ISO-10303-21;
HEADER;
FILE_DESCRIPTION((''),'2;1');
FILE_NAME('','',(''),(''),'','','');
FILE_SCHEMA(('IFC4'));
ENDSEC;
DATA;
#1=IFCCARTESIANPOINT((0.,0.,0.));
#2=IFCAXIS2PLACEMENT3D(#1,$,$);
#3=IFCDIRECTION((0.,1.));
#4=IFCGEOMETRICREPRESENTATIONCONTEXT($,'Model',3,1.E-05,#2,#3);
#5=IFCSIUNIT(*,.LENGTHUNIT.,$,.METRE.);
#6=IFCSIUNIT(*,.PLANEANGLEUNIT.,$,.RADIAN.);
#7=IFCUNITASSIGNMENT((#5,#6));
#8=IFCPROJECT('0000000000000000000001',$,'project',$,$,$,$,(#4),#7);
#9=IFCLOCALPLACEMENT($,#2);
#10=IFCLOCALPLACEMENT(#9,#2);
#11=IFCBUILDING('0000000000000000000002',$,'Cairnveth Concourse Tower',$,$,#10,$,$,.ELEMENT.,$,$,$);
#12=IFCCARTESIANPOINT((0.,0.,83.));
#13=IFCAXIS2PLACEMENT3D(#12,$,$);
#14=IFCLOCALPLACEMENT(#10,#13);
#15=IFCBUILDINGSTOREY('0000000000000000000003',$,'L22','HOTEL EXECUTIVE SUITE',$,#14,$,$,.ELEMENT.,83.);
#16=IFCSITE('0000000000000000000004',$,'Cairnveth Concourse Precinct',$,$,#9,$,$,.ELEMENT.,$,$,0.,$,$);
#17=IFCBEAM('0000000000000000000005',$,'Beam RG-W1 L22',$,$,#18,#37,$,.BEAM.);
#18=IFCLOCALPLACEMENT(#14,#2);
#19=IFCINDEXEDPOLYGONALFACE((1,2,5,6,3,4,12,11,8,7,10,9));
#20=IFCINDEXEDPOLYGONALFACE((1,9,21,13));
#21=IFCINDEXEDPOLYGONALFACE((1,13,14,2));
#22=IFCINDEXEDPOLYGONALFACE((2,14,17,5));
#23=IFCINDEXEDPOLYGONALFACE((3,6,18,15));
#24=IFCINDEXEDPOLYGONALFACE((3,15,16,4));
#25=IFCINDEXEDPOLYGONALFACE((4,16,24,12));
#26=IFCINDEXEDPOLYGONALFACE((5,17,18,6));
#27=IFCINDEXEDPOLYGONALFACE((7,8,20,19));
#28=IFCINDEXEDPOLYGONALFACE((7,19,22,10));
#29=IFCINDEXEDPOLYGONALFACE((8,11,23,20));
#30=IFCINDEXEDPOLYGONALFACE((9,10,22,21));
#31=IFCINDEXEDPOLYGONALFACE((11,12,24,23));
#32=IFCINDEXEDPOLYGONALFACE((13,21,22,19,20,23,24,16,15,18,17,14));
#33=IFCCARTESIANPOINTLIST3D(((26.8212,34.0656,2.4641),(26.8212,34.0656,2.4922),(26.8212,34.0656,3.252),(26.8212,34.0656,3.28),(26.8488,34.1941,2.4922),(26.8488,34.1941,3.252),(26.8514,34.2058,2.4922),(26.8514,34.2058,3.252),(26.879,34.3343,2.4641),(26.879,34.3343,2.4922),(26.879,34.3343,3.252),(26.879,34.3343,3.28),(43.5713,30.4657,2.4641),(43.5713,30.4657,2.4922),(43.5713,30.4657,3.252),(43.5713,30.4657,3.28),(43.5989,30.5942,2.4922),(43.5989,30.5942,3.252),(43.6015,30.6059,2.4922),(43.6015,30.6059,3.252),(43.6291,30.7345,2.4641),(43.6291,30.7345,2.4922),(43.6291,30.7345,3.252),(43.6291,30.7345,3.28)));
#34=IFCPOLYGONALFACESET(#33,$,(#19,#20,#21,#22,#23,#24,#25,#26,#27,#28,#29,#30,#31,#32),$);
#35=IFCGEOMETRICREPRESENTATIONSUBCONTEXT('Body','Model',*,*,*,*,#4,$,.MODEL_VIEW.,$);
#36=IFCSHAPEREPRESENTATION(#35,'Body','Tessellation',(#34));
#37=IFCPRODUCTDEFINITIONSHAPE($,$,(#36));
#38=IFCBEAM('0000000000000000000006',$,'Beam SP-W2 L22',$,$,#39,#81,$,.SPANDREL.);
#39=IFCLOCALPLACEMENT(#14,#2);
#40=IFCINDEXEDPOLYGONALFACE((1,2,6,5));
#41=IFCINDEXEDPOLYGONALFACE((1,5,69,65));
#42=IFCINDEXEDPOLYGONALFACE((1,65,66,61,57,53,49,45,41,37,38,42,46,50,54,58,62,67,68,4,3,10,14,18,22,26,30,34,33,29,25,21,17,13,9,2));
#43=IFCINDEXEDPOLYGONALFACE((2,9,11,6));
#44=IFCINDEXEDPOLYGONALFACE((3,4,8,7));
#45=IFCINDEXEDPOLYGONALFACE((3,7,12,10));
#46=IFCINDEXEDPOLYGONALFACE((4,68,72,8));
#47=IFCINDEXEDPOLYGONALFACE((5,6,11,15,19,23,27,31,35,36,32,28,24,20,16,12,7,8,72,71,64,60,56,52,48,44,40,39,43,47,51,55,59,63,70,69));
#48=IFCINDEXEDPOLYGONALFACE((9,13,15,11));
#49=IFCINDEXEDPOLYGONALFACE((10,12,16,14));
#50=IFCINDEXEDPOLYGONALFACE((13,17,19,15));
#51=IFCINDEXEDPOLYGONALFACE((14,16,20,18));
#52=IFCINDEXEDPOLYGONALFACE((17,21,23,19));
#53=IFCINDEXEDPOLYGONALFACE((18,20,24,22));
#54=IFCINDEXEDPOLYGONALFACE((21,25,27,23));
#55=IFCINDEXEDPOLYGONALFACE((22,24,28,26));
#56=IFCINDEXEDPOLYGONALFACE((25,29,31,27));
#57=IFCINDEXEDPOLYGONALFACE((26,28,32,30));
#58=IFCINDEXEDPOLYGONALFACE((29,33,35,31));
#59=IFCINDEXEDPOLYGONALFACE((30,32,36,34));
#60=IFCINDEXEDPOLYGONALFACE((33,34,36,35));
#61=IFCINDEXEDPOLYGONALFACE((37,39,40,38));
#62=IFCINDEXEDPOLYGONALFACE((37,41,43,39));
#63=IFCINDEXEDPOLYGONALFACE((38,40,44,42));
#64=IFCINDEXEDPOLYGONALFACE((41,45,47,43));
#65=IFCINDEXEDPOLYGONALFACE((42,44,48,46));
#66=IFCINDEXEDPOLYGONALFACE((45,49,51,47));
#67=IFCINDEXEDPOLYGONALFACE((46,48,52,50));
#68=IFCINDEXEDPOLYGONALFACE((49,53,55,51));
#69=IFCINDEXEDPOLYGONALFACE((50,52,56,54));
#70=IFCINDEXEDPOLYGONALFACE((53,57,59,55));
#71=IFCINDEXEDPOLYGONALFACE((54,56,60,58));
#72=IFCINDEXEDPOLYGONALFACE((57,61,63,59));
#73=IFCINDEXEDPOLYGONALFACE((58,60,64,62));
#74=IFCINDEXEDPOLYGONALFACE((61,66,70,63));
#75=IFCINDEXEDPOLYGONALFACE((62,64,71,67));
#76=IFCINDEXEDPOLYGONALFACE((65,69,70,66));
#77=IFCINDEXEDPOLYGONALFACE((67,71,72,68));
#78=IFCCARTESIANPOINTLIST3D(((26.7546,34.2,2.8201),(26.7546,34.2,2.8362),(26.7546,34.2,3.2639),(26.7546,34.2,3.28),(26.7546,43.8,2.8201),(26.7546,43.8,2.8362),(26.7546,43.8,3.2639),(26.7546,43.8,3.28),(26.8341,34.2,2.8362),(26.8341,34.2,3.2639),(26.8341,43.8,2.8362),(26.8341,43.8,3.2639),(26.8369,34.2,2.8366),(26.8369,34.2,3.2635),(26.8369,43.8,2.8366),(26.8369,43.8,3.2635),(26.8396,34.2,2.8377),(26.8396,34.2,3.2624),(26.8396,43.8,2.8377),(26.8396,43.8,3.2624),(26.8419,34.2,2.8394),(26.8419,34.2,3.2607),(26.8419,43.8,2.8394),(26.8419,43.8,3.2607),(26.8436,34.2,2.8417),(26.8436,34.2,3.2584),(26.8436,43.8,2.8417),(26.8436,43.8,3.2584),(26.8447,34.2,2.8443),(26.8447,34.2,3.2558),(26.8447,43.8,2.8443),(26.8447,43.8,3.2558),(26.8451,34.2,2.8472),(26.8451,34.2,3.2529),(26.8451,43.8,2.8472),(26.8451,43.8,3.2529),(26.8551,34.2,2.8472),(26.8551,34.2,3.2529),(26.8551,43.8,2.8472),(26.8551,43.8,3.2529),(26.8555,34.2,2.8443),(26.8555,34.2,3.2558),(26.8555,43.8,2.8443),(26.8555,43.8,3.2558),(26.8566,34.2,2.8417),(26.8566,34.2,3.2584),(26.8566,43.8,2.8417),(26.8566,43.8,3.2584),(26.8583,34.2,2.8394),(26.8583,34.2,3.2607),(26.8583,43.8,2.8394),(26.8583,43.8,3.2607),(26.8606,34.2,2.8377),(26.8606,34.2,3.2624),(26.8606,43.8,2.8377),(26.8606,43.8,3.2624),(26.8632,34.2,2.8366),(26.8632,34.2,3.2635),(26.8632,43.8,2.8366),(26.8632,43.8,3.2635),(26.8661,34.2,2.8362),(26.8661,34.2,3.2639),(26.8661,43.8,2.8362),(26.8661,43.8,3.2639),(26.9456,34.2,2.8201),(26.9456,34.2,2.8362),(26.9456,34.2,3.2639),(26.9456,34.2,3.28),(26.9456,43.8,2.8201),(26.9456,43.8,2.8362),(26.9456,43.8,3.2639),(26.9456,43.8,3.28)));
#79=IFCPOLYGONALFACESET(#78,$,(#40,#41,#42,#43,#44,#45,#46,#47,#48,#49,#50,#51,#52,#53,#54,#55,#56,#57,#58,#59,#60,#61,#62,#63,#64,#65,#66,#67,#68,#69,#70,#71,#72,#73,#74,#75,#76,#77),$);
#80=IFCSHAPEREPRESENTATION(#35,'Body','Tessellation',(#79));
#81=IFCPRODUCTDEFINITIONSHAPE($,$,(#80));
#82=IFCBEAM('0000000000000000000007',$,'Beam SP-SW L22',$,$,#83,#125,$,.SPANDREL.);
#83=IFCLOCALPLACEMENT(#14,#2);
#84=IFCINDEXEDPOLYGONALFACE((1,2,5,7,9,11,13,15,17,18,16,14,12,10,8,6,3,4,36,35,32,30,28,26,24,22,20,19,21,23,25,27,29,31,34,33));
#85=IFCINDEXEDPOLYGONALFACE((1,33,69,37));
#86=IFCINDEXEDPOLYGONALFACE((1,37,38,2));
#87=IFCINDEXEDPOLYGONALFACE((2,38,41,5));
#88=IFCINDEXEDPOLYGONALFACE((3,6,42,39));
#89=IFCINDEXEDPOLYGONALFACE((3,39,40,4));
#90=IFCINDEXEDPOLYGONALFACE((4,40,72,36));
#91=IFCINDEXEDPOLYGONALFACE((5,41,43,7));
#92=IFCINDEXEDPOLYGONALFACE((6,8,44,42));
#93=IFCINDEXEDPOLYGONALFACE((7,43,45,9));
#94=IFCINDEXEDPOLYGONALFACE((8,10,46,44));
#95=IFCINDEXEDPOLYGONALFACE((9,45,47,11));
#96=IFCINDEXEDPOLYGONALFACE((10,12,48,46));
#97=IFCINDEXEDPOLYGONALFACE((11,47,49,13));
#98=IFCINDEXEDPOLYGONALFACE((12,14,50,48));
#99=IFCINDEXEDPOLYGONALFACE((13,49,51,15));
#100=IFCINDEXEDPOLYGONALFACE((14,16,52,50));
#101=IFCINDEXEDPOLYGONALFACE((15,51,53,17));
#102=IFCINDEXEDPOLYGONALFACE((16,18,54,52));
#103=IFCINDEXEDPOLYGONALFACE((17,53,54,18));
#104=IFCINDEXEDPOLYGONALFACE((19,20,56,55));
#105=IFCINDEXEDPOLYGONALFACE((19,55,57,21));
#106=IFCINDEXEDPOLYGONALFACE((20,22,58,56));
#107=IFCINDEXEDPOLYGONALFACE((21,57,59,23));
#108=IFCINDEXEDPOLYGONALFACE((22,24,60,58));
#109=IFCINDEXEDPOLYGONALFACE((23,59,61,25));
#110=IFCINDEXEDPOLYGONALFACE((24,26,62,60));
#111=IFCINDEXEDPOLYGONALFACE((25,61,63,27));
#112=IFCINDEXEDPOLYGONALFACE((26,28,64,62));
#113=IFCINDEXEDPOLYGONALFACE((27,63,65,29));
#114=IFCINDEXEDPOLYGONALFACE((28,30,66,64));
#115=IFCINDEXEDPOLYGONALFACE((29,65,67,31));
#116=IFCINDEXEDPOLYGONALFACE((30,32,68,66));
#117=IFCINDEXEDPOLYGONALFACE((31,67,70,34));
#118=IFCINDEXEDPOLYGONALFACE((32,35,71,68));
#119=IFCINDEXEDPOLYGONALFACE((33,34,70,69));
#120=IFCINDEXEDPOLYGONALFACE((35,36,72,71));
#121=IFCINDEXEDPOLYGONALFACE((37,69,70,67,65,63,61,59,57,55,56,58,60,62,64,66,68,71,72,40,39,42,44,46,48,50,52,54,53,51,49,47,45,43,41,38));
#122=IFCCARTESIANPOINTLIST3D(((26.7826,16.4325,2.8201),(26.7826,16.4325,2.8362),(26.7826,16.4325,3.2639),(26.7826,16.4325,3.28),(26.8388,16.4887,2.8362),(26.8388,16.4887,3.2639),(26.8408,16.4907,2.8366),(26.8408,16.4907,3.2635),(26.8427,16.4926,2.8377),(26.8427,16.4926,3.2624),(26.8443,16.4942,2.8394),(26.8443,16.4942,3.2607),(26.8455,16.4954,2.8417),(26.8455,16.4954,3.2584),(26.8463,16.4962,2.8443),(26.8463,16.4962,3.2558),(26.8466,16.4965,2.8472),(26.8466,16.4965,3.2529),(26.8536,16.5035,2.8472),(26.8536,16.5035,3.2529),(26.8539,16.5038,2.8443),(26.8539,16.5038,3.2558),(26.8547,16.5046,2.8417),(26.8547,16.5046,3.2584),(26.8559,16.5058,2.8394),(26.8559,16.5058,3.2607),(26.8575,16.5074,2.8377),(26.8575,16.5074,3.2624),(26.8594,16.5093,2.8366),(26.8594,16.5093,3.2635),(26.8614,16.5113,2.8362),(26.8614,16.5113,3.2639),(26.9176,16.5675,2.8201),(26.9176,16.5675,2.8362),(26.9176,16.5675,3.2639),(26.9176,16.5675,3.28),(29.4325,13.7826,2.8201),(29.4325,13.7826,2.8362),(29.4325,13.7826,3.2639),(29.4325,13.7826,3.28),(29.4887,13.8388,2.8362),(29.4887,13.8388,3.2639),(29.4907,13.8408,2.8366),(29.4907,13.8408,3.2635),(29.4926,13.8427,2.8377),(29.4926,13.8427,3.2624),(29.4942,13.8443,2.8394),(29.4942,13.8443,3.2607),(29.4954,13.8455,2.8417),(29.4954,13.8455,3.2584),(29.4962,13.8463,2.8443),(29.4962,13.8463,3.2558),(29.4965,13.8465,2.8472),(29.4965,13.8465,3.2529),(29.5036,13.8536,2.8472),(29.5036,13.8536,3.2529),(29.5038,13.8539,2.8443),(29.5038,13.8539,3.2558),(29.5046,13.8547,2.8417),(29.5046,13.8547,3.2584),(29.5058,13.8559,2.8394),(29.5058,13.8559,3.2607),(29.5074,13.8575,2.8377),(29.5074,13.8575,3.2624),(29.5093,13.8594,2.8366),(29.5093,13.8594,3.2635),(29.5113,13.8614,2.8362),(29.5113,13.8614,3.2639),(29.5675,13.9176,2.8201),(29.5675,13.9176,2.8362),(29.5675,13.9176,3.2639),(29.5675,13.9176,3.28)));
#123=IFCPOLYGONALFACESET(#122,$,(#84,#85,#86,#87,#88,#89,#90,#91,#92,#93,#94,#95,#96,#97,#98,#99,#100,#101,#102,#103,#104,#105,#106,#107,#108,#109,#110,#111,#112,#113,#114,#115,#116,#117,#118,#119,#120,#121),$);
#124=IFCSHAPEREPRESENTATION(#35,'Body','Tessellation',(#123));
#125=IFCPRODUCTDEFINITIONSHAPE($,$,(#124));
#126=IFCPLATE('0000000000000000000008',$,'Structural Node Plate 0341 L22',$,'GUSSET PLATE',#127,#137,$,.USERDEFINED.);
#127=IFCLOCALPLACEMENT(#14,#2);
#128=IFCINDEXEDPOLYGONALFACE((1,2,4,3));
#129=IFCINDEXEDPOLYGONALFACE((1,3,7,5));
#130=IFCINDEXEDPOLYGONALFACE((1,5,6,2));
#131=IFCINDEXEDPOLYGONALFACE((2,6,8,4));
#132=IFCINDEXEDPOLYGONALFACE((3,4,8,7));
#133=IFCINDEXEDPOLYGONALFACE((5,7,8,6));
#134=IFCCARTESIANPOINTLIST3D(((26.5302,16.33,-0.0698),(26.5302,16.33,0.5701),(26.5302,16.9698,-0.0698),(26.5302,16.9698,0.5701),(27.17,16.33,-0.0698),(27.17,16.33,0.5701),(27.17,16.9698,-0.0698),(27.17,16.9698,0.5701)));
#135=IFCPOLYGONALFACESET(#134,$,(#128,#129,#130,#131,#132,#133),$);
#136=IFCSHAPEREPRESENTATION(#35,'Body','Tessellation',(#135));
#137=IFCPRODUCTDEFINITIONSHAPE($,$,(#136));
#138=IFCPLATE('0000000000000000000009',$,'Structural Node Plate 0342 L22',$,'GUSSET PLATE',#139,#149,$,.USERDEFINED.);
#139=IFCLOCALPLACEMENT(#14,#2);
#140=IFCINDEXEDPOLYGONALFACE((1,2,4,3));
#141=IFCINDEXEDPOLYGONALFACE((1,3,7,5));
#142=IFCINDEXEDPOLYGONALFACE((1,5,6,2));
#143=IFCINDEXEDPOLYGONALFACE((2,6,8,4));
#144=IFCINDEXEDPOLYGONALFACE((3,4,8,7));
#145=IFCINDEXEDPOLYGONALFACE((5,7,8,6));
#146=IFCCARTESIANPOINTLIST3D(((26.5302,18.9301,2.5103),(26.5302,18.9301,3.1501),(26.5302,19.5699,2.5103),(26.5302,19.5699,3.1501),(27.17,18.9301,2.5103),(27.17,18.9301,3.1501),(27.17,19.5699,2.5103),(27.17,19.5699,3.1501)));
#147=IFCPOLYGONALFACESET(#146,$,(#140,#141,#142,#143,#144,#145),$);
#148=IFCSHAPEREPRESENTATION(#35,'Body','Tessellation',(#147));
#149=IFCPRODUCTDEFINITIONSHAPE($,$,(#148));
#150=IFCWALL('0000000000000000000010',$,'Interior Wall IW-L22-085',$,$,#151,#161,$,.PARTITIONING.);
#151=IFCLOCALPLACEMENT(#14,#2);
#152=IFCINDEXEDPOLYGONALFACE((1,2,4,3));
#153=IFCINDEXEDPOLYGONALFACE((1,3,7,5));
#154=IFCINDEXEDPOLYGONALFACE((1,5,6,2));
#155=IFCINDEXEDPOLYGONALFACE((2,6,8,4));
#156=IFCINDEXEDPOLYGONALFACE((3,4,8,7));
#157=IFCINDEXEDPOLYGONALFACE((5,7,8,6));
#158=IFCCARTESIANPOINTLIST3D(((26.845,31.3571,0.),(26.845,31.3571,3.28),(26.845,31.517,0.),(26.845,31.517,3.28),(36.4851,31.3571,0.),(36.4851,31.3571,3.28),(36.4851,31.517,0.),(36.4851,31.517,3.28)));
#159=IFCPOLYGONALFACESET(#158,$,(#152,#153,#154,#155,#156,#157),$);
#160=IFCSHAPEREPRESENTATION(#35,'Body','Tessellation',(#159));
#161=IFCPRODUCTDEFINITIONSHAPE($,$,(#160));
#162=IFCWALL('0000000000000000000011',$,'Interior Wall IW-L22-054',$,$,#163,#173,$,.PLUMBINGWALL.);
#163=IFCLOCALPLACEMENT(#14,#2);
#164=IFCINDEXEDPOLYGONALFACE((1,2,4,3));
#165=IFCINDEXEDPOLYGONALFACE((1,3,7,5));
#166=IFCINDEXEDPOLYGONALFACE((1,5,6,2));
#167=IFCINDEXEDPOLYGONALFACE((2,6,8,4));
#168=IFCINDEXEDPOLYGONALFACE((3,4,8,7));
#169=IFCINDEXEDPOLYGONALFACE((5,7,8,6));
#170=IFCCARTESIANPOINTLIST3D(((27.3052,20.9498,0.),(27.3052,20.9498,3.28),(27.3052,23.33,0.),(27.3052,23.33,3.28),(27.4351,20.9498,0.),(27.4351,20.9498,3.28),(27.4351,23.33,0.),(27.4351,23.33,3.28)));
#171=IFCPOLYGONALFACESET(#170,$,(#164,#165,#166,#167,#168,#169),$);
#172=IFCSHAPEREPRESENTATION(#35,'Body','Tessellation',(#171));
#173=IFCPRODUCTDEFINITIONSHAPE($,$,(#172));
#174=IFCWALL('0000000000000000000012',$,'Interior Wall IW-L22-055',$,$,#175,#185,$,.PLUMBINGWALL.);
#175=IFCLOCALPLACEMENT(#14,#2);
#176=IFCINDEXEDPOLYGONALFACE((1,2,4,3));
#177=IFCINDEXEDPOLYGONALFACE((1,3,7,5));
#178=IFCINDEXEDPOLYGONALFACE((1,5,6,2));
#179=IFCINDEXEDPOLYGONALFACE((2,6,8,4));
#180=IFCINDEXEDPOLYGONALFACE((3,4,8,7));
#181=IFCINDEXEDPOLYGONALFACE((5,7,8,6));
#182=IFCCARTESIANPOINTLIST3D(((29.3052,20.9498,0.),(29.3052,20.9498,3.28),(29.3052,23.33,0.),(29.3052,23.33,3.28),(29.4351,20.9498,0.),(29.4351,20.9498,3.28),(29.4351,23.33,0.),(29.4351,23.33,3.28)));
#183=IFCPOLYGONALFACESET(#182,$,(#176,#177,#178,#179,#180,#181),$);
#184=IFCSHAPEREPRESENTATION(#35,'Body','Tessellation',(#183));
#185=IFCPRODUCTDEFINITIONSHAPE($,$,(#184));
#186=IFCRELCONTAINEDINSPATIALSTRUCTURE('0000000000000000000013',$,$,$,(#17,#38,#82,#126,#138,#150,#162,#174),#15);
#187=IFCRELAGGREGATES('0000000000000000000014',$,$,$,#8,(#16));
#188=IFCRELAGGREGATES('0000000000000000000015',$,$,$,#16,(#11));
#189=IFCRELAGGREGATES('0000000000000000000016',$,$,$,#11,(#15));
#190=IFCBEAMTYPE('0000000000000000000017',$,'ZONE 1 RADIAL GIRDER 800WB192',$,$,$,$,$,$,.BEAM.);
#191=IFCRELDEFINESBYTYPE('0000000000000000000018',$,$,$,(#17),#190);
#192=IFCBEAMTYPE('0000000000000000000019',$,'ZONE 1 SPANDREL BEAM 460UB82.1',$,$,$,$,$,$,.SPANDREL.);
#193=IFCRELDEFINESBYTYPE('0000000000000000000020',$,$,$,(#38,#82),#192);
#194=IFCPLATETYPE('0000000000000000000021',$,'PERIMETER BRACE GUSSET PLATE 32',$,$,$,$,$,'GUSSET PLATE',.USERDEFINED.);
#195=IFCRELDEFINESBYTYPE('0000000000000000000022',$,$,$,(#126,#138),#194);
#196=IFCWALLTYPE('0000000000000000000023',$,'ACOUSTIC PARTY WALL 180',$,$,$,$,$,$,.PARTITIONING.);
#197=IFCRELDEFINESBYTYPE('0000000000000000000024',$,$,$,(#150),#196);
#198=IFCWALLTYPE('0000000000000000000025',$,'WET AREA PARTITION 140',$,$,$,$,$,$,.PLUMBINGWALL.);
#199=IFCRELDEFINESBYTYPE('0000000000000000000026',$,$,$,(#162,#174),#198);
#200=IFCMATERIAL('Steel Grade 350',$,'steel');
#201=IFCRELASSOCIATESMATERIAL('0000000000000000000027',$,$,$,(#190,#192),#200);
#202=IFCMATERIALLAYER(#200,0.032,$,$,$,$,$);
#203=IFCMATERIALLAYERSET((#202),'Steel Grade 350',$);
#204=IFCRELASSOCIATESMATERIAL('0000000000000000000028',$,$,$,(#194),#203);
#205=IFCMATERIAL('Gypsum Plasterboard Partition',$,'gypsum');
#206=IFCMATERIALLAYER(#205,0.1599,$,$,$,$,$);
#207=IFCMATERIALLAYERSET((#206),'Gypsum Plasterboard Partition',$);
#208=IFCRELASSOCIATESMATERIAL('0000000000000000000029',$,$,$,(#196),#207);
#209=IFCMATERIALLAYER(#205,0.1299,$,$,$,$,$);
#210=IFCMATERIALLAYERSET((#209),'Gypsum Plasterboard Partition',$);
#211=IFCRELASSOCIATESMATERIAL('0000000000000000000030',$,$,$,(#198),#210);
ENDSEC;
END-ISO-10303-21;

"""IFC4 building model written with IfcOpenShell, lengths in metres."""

from ifc_helpers import new_model, si_unit, direction, frame, frame_2d, origin, origin_2d, place, context, subcontext, project, spatial, rectangle, i_section, extrude, material, layer, layer_set, material_profile, profile_set, type_object, element, save


model = new_model("IFC4")

# Units and contexts
model_context = context("Model", 3, precision=1e-05, world=origin(), true_north=direction((0.0, 1.0)))
body_context = subcontext(model_context, "Body", "Model", "MODEL_VIEW")
ifc_project = project(units=[si_unit("LENGTHUNIT", "METRE"), si_unit("PLANEANGLEUNIT", "RADIAN")], contexts=[model_context])

# Site, building, storey
site_placement = place(None, origin())
site = spatial("IfcSite", under=ifc_project, at=site_placement, Name="Cairnveth Concourse Precinct", CompositionType="ELEMENT", RefElevation=0.0)
building_placement = place(site_placement, origin())
building = spatial("IfcBuilding", under=site, at=building_placement, Name="Cairnveth Concourse Tower", CompositionType="ELEMENT")
storey_placement = place(building_placement, frame((0.0, 0.0, 83.0)))
storey = spatial("IfcBuildingStorey", under=building, at=storey_placement, Name="L22", Description="HOTEL EXECUTIVE SUITE", CompositionType="ELEMENT", Elevation=83.0)

# Shared definitions
ifc_material_1 = material(Name="Steel Grade 350", Category="steel")

# Beams
ifc_material_profile_1 = material_profile(ifc_material_1, i_section(OverallWidth=0.2749, OverallDepth=0.8159, WebThickness=0.012, FlangeThickness=0.0281, at=origin_2d()), Name="800WB192")
ifc_profile_set_1 = profile_set([ifc_material_profile_1], Name="Steel Grade 350")
beam_type_1 = type_object("IfcBeamType", Name="ZONE 1 RADIAL GIRDER 800WB192", PredefinedType="BEAM", material=ifc_profile_set_1)
beam_1_placement = place(storey_placement, frame((26.8501, 34.2, 2.8721), z_axis=(0.977676, -0.210119, 0.0), x_axis=(0.210119, 0.977676, 0.0)))
element("IfcBeam", 1, at=beam_1_placement, inside=storey, type_object=beam_type_1, Name="Beam RG-W1 L22", PredefinedType="BEAM", context=body_context, shape_type="SweptSolid", body=[
    extrude(i_section(OverallWidth=0.2749, OverallDepth=0.8159, WebThickness=0.012, FlangeThickness=0.0281, at=origin_2d()), origin(), (0.0, 0.0, 1.0), 17.1326),
])
ifc_material_profile_2 = material_profile(ifc_material_1, i_section(OverallWidth=0.1909, OverallDepth=0.46, WebThickness=0.01, FlangeThickness=0.0161, FilletRadius=0.011, at=origin_2d()), Name="460UB82.1")
ifc_profile_set_2 = profile_set([ifc_material_profile_2], Name="Steel Grade 350")
beam_type_2 = type_object("IfcBeamType", Name="ZONE 1 SPANDREL BEAM 460UB82.1", PredefinedType="SPANDREL", material=ifc_profile_set_2)
beam_2_placement = place(storey_placement, frame((26.8501, 34.2, 3.05), z_axis=(0.0, 1.0, 0.0), x_axis=(-1.0, 0.0, 0.0)))
element("IfcBeam", 2, at=beam_2_placement, inside=storey, type_object=beam_type_2, Name="Beam SP-W2 L22", PredefinedType="SPANDREL", context=body_context, shape_type="SweptSolid", body=[
    extrude(i_section(OverallWidth=0.1909, OverallDepth=0.46, WebThickness=0.01, FlangeThickness=0.0161, FilletRadius=0.011, at=origin_2d()), origin(), (0.0, 0.0, 1.0), 9.6001),
])
beam_3_placement = place(storey_placement, frame((26.8501, 16.5, 3.05), z_axis=(0.707107, -0.707107, 0.0), x_axis=(0.707107, 0.707107, 0.0)))
element("IfcBeam", 3, at=beam_3_placement, inside=storey, type_object=beam_type_2, Name="Beam SP-SW L22", PredefinedType="SPANDREL", context=body_context, shape_type="SweptSolid", body=[
    extrude(i_section(OverallWidth=0.1909, OverallDepth=0.46, WebThickness=0.01, FlangeThickness=0.0161, FilletRadius=0.011, at=origin_2d()), origin(), (0.0, 0.0, 1.0), 3.7476),
])

# Plates
ifc_layer_1 = layer(ifc_material_1, 0.032)
ifc_layer_set_1 = layer_set([ifc_layer_1], Name="Steel Grade 350")
plate_type = type_object("IfcPlateType", Name="PERIMETER BRACE GUSSET PLATE 32", ElementType="GUSSET PLATE", PredefinedType="USERDEFINED", material=ifc_layer_set_1)
for number, where, z_axis, x_axis, name in (
    (4, (26.8501, 16.6499, -0.0698), (0.0, 0.0, 1.0), (1.0, 0.0, 0.0), "Structural Node Plate 0341 L22"),
    (5, (26.8501, 19.25, 2.5103), (0.0, 0.0, 1.0), (1.0, 0.0, 0.0), "Structural Node Plate 0342 L22"),
):
    element("IfcPlate", number, at=place(storey_placement, frame(where, z_axis=z_axis, x_axis=x_axis)), inside=storey, type_object=plate_type, Name=name, ObjectType="GUSSET PLATE", PredefinedType="USERDEFINED", context=body_context, shape_type="SweptSolid", body=[
        extrude(rectangle(XDim=0.6399, YDim=0.6399, at=origin_2d()), origin(), (0.0, 0.0, 1.0), 0.6399),
    ])

# Walls
ifc_material_2 = material(Name="Gypsum Plasterboard Partition", Category="gypsum")
ifc_layer_2 = layer(ifc_material_2, 0.1599)
ifc_layer_set_2 = layer_set([ifc_layer_2], Name="Gypsum Plasterboard Partition")
wall_type_1 = type_object("IfcWallType", Name="ACOUSTIC PARTY WALL 180", PredefinedType="PARTITIONING", material=ifc_layer_set_2)
wall_1_placement = place(storey_placement, frame((26.845, 31.437, 0.0), z_axis=(0.0, 0.0, 1.0), x_axis=(1.0, 0.0, 0.0)))
element("IfcWall", 6, at=wall_1_placement, inside=storey, type_object=wall_type_1, Name="Interior Wall IW-L22-085", PredefinedType="PARTITIONING", context=body_context, shape_type="SweptSolid", body=[
    extrude(rectangle(XDim=9.6401, YDim=0.1599, at=frame_2d((4.8201, 0.0))), origin(), (0.0, 0.0, 1.0), 3.28),
])
ifc_layer_3 = layer(ifc_material_2, 0.1299)
ifc_layer_set_3 = layer_set([ifc_layer_3], Name="Gypsum Plasterboard Partition")
wall_type_2 = type_object("IfcWallType", Name="WET AREA PARTITION 140", PredefinedType="PLUMBINGWALL", material=ifc_layer_set_3)
for number, where, z_axis, x_axis, name in (
    (7, (27.3701, 20.95, 0.0), (0.0, 0.0, 1.0), (0.0, 1.0, 0.0), "Interior Wall IW-L22-054"),
    (8, (29.3701, 20.95, 0.0), (0.0, 0.0, 1.0), (0.0, 1.0, 0.0), "Interior Wall IW-L22-055"),
):
    element("IfcWall", number, at=place(storey_placement, frame(where, z_axis=z_axis, x_axis=x_axis)), inside=storey, type_object=wall_type_2, Name=name, PredefinedType="PLUMBINGWALL", context=body_context, shape_type="SweptSolid", body=[
        extrude(rectangle(XDim=2.3801, YDim=0.1299, at=frame_2d((1.1899, 0.0))), origin(), (0.0, 0.0, 1.0), 3.28),
    ])

save(model, "model.ifc")
